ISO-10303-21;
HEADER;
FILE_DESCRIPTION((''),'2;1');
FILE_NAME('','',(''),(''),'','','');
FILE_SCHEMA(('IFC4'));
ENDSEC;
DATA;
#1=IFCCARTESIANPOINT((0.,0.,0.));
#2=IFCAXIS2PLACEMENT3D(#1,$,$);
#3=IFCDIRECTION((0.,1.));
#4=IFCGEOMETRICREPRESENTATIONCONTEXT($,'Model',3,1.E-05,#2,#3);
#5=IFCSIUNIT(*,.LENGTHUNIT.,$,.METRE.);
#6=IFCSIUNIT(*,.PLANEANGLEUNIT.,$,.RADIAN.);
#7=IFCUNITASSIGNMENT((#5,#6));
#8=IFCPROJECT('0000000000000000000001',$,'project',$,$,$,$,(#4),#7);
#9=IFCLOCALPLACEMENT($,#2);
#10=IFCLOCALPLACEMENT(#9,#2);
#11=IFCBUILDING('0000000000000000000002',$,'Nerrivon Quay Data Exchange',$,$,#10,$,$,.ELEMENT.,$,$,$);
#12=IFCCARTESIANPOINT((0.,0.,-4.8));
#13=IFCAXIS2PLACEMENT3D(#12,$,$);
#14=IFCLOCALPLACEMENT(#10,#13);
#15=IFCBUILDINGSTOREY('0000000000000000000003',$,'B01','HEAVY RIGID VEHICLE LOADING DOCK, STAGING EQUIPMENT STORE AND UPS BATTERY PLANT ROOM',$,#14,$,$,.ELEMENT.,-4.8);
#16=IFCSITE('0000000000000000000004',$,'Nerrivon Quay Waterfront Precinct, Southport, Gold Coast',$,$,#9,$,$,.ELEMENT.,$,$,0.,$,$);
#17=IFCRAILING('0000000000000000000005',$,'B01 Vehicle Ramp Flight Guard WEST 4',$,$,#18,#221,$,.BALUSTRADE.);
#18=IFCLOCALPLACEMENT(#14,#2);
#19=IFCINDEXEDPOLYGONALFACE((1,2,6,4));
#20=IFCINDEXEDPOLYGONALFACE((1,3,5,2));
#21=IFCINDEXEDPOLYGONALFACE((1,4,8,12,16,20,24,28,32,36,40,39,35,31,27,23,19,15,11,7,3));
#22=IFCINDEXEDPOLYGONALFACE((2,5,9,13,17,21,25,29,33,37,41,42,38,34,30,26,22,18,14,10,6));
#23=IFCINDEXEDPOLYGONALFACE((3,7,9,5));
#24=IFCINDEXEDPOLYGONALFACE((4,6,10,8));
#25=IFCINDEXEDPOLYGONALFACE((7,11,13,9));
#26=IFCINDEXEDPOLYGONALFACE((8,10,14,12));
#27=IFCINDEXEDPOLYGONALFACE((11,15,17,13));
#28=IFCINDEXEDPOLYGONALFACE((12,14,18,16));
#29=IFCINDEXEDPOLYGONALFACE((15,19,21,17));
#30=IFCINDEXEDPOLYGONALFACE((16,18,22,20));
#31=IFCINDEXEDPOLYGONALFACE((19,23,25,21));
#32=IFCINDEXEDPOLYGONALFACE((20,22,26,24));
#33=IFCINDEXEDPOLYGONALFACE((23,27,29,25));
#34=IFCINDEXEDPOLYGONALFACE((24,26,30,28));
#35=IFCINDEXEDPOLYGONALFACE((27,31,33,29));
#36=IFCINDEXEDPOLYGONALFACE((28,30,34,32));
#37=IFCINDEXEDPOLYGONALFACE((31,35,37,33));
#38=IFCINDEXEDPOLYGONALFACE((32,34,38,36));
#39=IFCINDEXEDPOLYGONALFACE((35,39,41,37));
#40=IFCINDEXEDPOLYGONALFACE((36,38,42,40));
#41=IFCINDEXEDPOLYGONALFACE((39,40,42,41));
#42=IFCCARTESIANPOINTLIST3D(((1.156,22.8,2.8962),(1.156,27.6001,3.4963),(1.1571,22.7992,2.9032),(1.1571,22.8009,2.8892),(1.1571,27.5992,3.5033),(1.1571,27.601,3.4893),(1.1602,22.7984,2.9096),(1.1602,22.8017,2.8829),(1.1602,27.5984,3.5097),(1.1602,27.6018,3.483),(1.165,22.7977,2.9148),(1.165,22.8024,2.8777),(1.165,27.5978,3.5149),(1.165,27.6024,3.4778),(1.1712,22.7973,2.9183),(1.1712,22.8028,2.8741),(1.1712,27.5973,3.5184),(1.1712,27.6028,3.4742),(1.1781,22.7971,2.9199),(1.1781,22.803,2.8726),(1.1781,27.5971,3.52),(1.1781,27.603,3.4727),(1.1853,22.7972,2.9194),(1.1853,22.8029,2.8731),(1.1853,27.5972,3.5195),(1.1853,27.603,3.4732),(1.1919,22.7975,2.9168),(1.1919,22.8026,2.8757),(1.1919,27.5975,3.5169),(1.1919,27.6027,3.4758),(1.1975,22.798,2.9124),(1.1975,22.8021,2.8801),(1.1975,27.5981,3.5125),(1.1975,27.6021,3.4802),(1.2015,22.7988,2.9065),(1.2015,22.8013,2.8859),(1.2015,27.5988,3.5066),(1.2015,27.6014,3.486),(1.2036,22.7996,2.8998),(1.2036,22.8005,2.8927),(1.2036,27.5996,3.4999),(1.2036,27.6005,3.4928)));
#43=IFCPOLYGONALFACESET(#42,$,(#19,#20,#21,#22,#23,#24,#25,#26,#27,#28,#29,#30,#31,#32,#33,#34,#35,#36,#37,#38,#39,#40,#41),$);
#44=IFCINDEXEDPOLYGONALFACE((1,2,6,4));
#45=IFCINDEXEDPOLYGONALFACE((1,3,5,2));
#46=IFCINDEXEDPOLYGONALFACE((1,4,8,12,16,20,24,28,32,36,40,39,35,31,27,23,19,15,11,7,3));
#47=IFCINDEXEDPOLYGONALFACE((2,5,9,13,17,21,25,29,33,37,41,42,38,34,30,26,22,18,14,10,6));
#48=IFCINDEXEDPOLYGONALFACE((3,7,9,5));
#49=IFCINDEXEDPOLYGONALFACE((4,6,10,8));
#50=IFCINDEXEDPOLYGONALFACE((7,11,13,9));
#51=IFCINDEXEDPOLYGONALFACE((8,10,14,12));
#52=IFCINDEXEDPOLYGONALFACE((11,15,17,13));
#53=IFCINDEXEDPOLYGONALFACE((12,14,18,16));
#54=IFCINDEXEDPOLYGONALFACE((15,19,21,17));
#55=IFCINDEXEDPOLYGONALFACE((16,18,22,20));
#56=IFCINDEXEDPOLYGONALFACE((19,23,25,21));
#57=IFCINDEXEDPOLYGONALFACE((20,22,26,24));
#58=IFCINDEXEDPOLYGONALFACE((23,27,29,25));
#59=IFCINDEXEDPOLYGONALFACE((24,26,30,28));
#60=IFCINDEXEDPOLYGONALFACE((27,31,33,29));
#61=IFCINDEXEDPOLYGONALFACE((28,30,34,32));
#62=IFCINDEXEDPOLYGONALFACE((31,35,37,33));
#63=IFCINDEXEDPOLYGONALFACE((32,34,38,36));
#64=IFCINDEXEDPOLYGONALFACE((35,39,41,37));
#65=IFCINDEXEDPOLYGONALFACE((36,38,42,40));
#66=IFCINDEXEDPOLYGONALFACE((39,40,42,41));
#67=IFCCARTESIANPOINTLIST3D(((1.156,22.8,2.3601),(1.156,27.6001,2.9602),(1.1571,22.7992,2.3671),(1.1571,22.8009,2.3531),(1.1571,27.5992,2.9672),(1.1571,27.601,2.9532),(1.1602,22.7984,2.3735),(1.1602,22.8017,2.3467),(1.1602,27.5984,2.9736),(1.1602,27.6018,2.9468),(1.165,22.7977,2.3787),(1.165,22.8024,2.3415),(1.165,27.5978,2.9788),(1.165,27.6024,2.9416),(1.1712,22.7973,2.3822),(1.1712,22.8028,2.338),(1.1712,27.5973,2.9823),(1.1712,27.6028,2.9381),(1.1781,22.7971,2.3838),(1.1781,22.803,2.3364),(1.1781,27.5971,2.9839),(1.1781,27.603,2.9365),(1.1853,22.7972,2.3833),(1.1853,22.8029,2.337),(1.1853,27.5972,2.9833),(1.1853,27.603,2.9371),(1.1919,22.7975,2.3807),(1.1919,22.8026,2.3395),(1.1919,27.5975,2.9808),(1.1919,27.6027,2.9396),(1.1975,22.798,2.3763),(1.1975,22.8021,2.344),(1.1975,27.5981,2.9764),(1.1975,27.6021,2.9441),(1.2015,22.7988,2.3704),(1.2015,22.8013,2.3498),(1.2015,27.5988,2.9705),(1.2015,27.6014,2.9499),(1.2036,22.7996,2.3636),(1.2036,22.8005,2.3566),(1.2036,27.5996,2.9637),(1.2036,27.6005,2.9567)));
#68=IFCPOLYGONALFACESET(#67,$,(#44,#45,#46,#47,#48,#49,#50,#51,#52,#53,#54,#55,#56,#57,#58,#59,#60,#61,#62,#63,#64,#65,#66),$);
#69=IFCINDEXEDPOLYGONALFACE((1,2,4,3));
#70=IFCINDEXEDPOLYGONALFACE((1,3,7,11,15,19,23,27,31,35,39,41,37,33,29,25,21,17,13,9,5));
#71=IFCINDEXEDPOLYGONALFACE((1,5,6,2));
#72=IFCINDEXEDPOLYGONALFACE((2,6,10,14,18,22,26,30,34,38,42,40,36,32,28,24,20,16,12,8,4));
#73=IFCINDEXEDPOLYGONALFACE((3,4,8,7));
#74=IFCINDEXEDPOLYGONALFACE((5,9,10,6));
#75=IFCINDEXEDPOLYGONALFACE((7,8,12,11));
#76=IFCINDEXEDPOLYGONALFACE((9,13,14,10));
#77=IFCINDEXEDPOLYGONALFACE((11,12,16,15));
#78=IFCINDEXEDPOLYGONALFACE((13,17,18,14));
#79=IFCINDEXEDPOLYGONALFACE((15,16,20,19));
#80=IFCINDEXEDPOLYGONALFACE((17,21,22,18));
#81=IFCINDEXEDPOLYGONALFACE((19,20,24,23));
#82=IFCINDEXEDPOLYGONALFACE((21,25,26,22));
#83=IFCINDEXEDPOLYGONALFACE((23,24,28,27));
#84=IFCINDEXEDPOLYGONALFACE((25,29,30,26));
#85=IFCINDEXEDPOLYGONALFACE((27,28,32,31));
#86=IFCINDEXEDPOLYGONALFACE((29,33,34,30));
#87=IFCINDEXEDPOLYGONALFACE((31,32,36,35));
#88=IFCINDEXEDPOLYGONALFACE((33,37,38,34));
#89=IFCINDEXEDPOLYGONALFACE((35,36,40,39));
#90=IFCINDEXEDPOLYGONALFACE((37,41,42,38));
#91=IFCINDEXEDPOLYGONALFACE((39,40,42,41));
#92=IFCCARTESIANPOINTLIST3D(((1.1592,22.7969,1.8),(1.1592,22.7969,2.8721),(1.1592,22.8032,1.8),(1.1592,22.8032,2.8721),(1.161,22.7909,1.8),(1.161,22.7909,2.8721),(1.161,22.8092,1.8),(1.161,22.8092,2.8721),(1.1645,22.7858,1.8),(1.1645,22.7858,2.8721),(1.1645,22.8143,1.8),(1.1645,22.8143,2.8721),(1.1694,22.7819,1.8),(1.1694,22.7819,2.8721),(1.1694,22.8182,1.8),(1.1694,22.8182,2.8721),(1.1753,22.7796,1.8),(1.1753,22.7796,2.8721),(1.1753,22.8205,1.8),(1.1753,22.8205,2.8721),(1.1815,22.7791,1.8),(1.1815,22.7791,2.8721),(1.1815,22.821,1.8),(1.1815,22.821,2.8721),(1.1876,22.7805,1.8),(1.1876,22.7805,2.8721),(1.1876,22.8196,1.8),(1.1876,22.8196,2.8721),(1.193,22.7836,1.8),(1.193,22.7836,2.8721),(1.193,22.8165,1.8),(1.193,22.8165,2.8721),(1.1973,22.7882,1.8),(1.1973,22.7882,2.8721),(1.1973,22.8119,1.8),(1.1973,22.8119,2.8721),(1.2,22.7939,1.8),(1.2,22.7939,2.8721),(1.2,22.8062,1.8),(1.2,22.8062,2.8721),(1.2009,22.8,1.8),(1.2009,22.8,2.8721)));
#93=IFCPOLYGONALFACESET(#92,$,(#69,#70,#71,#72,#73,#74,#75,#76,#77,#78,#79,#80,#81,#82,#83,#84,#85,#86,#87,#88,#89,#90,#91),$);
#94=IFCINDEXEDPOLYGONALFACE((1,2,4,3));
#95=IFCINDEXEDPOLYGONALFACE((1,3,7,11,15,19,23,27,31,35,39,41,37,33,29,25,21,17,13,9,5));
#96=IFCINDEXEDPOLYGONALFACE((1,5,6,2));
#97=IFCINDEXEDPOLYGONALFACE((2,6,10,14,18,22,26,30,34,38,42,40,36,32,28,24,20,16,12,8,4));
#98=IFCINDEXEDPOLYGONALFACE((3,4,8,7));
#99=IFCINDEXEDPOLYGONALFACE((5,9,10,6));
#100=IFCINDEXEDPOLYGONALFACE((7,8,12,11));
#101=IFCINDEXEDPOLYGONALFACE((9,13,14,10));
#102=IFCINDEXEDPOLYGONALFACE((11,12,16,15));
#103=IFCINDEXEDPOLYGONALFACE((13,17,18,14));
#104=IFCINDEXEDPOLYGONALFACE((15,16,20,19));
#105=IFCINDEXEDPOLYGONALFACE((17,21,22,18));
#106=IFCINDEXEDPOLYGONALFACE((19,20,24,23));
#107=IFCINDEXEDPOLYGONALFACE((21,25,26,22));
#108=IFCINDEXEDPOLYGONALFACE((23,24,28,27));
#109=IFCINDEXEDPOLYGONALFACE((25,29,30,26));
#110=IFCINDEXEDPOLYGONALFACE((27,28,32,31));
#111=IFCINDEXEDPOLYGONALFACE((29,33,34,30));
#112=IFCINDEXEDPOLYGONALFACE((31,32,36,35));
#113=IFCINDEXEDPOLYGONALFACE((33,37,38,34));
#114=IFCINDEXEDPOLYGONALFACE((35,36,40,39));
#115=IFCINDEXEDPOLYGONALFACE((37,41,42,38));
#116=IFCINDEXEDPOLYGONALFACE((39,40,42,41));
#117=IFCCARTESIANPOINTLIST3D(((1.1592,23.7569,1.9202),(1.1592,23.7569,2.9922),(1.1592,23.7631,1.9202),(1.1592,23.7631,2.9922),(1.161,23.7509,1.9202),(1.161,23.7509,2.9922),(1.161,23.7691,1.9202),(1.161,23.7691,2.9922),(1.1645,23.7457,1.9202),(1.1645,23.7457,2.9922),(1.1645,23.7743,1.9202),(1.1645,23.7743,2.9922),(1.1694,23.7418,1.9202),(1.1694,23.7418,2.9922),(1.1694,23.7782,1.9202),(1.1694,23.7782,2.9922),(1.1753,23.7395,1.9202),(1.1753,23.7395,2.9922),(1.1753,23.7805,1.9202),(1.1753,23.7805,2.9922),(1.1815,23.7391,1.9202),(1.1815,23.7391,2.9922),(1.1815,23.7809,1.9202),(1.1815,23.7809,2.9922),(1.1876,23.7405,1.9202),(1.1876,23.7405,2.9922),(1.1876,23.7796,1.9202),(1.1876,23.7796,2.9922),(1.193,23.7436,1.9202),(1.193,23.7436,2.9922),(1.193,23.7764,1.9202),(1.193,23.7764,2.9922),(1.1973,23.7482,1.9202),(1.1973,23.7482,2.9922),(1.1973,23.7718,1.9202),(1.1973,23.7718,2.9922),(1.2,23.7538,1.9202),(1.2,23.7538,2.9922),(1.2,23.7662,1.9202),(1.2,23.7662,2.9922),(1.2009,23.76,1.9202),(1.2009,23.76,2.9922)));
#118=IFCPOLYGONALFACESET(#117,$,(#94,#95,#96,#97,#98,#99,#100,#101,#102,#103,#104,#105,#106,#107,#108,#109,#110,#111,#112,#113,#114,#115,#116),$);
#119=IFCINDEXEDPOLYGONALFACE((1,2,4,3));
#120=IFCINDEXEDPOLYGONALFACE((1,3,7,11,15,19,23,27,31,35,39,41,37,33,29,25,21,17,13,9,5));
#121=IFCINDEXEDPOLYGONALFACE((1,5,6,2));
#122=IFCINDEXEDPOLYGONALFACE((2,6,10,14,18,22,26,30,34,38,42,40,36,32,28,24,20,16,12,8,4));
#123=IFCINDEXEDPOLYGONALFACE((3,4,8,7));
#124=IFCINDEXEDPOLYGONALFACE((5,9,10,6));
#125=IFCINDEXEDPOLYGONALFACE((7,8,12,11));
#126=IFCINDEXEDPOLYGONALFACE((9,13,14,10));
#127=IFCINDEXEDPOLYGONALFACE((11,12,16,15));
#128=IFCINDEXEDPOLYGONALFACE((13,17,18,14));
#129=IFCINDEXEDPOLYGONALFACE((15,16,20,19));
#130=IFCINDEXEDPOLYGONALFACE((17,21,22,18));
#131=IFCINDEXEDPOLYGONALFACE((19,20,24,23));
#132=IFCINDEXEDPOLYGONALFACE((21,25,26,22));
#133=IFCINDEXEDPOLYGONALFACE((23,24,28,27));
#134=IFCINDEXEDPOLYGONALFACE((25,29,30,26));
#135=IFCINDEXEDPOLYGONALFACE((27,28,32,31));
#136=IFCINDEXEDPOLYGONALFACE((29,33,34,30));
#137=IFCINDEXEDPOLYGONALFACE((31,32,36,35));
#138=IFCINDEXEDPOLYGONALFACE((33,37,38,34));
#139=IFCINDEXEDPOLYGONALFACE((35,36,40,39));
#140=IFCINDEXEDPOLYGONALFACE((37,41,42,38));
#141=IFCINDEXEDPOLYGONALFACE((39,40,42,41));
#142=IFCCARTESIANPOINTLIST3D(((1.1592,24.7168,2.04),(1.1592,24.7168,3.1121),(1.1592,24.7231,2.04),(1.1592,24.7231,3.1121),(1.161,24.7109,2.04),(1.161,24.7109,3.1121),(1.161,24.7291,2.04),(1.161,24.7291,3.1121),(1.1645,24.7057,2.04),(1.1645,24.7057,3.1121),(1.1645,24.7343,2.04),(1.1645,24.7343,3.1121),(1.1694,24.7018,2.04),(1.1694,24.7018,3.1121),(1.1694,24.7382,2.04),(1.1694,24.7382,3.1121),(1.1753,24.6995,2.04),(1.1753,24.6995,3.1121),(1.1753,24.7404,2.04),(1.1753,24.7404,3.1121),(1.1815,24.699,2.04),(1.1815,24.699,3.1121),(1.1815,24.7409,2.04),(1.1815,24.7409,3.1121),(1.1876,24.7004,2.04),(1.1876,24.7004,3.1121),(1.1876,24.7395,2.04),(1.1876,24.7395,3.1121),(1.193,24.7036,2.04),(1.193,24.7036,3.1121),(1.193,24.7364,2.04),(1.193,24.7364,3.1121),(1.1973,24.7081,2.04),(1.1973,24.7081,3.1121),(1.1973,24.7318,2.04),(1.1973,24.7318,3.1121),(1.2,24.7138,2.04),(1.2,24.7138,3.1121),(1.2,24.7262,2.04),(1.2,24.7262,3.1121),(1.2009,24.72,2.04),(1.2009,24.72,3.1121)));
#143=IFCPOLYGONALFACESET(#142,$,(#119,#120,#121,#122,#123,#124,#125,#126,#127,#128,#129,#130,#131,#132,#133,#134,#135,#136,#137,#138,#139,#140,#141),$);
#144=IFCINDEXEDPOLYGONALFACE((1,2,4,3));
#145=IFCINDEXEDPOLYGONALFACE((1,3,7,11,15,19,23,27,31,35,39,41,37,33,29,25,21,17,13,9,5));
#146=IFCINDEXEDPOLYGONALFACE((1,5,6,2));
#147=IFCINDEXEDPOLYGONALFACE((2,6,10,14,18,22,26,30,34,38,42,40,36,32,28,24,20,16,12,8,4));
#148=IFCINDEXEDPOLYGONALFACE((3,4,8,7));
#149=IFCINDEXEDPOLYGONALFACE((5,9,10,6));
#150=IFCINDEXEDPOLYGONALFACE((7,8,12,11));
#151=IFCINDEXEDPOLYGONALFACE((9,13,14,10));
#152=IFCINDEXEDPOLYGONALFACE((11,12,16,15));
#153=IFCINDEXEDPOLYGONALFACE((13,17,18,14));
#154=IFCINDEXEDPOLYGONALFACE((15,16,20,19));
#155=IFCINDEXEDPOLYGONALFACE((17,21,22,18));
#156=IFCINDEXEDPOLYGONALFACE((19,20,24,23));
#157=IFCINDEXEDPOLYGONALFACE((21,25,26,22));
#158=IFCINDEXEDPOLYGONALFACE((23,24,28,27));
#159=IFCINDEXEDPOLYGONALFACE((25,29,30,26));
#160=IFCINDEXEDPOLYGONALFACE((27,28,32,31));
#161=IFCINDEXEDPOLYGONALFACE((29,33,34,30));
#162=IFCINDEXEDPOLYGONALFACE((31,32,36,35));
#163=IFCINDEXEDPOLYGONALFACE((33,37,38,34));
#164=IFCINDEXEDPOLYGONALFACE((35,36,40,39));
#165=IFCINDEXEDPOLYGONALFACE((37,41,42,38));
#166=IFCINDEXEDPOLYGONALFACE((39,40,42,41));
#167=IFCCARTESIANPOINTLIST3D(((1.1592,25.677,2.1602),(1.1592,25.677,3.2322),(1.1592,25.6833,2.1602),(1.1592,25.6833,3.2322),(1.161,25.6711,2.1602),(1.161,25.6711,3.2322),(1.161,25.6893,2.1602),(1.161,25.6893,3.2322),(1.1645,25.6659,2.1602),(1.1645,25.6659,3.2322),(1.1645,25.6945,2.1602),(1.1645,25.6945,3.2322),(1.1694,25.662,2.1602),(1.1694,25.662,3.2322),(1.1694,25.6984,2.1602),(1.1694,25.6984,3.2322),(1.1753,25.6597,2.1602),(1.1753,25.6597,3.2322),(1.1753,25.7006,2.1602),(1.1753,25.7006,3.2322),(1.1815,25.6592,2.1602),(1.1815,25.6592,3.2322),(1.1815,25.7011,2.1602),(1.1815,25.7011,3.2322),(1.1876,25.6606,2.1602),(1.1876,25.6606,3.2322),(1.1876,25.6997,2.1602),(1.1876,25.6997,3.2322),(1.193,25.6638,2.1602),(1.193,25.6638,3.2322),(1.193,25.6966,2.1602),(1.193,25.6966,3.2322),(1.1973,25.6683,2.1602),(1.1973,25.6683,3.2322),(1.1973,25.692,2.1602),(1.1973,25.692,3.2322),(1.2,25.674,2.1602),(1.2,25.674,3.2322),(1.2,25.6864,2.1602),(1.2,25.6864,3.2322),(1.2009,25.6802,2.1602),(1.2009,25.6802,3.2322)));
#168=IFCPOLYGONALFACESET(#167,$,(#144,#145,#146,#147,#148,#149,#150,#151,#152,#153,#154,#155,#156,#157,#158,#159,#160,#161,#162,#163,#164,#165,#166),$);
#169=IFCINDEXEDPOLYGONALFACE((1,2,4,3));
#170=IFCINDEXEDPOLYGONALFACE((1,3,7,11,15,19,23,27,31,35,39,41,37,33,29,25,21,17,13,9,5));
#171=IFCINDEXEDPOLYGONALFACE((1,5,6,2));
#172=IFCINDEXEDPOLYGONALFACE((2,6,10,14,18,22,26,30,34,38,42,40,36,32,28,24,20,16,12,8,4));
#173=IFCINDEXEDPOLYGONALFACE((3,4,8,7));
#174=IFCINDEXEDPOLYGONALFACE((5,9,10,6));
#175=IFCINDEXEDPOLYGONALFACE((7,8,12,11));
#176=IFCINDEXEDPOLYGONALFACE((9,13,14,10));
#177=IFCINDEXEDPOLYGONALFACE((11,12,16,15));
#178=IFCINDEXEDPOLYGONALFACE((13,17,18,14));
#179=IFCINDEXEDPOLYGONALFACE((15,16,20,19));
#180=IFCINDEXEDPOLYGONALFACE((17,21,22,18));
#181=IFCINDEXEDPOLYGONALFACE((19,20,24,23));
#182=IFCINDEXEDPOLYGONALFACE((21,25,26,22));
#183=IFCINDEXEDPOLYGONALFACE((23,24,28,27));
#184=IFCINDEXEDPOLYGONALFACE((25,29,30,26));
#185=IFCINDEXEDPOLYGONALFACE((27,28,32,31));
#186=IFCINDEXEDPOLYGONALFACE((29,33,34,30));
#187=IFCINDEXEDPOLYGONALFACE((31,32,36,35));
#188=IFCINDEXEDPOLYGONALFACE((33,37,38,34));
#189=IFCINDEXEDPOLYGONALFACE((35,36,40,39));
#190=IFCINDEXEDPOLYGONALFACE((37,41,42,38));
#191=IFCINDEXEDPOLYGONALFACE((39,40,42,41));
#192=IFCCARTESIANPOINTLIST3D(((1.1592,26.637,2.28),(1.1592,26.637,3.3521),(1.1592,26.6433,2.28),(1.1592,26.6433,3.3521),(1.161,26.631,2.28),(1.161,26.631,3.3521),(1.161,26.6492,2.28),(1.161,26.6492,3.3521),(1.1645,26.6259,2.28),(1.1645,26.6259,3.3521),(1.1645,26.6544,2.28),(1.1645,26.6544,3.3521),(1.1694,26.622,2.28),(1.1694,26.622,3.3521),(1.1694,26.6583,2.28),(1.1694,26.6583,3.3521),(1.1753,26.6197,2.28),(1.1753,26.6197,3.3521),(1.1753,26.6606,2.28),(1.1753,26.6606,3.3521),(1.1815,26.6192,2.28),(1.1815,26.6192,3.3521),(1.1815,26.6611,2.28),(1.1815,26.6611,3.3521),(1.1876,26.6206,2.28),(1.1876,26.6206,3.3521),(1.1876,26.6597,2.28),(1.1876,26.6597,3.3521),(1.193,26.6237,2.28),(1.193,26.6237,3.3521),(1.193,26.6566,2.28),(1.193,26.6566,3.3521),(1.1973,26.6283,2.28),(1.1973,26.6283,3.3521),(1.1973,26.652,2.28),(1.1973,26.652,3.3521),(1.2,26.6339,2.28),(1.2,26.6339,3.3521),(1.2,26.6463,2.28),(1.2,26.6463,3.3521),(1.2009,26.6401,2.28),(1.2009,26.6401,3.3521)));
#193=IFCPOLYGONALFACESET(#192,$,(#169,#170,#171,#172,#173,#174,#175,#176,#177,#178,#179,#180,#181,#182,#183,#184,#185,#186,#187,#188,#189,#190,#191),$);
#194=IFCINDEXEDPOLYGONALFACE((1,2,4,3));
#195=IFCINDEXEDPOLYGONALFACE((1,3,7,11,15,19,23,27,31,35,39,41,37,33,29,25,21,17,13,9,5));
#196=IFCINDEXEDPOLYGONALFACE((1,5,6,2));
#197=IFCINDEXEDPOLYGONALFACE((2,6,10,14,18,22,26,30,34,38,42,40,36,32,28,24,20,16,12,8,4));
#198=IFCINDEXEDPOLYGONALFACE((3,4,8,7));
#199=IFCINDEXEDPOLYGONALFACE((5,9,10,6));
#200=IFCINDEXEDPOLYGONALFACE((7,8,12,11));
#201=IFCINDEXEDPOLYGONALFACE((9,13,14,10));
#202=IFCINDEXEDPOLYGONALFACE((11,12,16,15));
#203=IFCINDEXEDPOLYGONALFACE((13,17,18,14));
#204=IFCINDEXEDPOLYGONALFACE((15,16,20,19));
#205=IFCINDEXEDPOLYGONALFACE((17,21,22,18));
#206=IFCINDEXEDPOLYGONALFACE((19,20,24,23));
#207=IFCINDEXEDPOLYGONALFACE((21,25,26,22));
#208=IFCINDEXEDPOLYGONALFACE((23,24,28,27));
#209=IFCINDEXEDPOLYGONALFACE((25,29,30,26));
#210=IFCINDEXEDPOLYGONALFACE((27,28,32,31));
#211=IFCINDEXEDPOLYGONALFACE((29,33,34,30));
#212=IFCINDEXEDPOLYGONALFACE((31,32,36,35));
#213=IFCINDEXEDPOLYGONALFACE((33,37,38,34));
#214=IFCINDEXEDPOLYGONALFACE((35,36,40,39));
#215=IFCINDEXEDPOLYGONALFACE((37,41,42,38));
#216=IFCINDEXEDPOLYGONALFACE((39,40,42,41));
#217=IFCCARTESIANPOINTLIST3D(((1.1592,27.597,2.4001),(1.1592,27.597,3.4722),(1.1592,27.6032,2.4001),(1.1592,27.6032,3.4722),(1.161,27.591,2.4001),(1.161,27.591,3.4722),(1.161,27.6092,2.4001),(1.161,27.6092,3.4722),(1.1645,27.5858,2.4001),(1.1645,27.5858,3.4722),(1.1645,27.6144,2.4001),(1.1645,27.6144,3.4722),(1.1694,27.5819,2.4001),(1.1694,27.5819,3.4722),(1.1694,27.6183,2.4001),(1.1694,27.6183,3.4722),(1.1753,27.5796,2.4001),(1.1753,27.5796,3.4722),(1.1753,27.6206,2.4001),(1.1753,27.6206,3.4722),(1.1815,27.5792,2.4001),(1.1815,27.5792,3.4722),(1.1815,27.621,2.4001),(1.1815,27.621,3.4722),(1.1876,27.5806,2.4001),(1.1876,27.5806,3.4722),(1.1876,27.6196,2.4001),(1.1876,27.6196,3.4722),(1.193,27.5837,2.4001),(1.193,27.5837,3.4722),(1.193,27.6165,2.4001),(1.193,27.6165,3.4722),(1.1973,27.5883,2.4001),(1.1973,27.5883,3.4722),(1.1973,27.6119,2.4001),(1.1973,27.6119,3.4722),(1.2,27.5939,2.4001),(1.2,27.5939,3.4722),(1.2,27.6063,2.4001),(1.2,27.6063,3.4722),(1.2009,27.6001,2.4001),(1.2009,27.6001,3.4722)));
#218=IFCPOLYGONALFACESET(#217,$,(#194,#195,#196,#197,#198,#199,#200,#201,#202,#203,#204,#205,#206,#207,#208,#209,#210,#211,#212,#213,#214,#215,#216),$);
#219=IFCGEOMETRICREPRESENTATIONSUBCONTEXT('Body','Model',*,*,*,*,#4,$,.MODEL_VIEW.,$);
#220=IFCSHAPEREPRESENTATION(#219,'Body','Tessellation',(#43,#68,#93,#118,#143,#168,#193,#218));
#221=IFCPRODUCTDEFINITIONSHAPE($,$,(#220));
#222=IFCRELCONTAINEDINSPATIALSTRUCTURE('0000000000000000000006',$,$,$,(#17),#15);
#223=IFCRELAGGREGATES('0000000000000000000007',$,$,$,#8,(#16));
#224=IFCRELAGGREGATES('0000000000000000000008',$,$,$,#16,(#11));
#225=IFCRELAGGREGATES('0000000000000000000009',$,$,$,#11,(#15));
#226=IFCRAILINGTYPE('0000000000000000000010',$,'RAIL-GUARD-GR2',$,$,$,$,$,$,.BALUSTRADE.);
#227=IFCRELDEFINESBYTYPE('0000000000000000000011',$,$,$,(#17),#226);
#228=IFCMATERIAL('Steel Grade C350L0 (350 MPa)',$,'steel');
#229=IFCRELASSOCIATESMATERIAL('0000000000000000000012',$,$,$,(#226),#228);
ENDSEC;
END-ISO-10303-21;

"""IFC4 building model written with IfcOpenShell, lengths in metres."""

from ifc_helpers import new_model, si_unit, direction, frame, origin, origin_2d, place, context, subcontext, project, spatial, circle, extrude, material, type_object, element, save


model = new_model("IFC4")

# Units and contexts
model_context = context("Model", 3, precision=1e-05, world=origin(), true_north=direction((0.0, 1.0)))
body_context = subcontext(model_context, "Body", "Model", "MODEL_VIEW")
ifc_project = project(units=[si_unit("LENGTHUNIT", "METRE"), si_unit("PLANEANGLEUNIT", "RADIAN")], contexts=[model_context])

# Site, building, storey
site_placement = place(None, origin())
site = spatial("IfcSite", under=ifc_project, at=site_placement, Name="Nerrivon Quay Waterfront Precinct, Southport, Gold Coast", CompositionType="ELEMENT", RefElevation=0.0)
building_placement = place(site_placement, origin())
building = spatial("IfcBuilding", under=site, at=building_placement, Name="Nerrivon Quay Data Exchange", CompositionType="ELEMENT")
storey_placement = place(building_placement, frame((0.0, 0.0, -4.8)))
storey = spatial("IfcBuildingStorey", under=building, at=storey_placement, Name="B01", Description="HEAVY RIGID VEHICLE LOADING DOCK, STAGING EQUIPMENT STORE AND UPS BATTERY PLANT ROOM", CompositionType="ELEMENT", Elevation=-4.8)

# Railing
ifc_material_1 = material(Name="Steel Grade C350L0 (350 MPa)", Category="steel")
railing_type = type_object("IfcRailingType", Name="RAIL-GUARD-GR2", PredefinedType="BALUSTRADE", material=ifc_material_1)
railing_1_placement = place(storey_placement, frame((1.1799, 22.8, 1.8)))
element("IfcRailing", 1, at=railing_1_placement, inside=storey, type_object=railing_type, Name="B01 Vehicle Ramp Flight Guard WEST 4", PredefinedType="BALUSTRADE", context=body_context, shape_type="SweptSolid", body=[
    extrude(circle(Radius=0.0239, at=origin_2d()), frame((0.0, 0.0, 1.0962), z_axis=(0.0, 0.992276, 0.124053), x_axis=(-1.0, 0.0, 0.0)), (0.0, 0.0, 1.0), 4.8374),
    extrude(circle(Radius=0.0239, at=origin_2d()), frame((0.0, 0.0, 0.5601), z_axis=(0.0, 0.992276, 0.124053), x_axis=(-1.0, 0.0, 0.0)), (0.0, 0.0, 1.0), 4.8374),
    extrude(circle(Radius=0.021, at=origin_2d()), origin(), (0.0, 0.0, 1.0), 1.072),
    extrude(circle(Radius=0.021, at=origin_2d()), frame((0.0, 0.96, 0.1201)), (0.0, 0.0, 1.0), 1.072),
    extrude(circle(Radius=0.021, at=origin_2d()), frame((0.0, 1.9199, 0.24)), (0.0, 0.0, 1.0), 1.072),
    extrude(circle(Radius=0.021, at=origin_2d()), frame((0.0, 2.8801, 0.3601)), (0.0, 0.0, 1.0), 1.072),
    extrude(circle(Radius=0.021, at=origin_2d()), frame((0.0, 3.8401, 0.48)), (0.0, 0.0, 1.0), 1.072),
    extrude(circle(Radius=0.021, at=origin_2d()), frame((0.0, 4.8, 0.6001)), (0.0, 0.0, 1.0), 1.072),
])

save(model, "model.ifc")
